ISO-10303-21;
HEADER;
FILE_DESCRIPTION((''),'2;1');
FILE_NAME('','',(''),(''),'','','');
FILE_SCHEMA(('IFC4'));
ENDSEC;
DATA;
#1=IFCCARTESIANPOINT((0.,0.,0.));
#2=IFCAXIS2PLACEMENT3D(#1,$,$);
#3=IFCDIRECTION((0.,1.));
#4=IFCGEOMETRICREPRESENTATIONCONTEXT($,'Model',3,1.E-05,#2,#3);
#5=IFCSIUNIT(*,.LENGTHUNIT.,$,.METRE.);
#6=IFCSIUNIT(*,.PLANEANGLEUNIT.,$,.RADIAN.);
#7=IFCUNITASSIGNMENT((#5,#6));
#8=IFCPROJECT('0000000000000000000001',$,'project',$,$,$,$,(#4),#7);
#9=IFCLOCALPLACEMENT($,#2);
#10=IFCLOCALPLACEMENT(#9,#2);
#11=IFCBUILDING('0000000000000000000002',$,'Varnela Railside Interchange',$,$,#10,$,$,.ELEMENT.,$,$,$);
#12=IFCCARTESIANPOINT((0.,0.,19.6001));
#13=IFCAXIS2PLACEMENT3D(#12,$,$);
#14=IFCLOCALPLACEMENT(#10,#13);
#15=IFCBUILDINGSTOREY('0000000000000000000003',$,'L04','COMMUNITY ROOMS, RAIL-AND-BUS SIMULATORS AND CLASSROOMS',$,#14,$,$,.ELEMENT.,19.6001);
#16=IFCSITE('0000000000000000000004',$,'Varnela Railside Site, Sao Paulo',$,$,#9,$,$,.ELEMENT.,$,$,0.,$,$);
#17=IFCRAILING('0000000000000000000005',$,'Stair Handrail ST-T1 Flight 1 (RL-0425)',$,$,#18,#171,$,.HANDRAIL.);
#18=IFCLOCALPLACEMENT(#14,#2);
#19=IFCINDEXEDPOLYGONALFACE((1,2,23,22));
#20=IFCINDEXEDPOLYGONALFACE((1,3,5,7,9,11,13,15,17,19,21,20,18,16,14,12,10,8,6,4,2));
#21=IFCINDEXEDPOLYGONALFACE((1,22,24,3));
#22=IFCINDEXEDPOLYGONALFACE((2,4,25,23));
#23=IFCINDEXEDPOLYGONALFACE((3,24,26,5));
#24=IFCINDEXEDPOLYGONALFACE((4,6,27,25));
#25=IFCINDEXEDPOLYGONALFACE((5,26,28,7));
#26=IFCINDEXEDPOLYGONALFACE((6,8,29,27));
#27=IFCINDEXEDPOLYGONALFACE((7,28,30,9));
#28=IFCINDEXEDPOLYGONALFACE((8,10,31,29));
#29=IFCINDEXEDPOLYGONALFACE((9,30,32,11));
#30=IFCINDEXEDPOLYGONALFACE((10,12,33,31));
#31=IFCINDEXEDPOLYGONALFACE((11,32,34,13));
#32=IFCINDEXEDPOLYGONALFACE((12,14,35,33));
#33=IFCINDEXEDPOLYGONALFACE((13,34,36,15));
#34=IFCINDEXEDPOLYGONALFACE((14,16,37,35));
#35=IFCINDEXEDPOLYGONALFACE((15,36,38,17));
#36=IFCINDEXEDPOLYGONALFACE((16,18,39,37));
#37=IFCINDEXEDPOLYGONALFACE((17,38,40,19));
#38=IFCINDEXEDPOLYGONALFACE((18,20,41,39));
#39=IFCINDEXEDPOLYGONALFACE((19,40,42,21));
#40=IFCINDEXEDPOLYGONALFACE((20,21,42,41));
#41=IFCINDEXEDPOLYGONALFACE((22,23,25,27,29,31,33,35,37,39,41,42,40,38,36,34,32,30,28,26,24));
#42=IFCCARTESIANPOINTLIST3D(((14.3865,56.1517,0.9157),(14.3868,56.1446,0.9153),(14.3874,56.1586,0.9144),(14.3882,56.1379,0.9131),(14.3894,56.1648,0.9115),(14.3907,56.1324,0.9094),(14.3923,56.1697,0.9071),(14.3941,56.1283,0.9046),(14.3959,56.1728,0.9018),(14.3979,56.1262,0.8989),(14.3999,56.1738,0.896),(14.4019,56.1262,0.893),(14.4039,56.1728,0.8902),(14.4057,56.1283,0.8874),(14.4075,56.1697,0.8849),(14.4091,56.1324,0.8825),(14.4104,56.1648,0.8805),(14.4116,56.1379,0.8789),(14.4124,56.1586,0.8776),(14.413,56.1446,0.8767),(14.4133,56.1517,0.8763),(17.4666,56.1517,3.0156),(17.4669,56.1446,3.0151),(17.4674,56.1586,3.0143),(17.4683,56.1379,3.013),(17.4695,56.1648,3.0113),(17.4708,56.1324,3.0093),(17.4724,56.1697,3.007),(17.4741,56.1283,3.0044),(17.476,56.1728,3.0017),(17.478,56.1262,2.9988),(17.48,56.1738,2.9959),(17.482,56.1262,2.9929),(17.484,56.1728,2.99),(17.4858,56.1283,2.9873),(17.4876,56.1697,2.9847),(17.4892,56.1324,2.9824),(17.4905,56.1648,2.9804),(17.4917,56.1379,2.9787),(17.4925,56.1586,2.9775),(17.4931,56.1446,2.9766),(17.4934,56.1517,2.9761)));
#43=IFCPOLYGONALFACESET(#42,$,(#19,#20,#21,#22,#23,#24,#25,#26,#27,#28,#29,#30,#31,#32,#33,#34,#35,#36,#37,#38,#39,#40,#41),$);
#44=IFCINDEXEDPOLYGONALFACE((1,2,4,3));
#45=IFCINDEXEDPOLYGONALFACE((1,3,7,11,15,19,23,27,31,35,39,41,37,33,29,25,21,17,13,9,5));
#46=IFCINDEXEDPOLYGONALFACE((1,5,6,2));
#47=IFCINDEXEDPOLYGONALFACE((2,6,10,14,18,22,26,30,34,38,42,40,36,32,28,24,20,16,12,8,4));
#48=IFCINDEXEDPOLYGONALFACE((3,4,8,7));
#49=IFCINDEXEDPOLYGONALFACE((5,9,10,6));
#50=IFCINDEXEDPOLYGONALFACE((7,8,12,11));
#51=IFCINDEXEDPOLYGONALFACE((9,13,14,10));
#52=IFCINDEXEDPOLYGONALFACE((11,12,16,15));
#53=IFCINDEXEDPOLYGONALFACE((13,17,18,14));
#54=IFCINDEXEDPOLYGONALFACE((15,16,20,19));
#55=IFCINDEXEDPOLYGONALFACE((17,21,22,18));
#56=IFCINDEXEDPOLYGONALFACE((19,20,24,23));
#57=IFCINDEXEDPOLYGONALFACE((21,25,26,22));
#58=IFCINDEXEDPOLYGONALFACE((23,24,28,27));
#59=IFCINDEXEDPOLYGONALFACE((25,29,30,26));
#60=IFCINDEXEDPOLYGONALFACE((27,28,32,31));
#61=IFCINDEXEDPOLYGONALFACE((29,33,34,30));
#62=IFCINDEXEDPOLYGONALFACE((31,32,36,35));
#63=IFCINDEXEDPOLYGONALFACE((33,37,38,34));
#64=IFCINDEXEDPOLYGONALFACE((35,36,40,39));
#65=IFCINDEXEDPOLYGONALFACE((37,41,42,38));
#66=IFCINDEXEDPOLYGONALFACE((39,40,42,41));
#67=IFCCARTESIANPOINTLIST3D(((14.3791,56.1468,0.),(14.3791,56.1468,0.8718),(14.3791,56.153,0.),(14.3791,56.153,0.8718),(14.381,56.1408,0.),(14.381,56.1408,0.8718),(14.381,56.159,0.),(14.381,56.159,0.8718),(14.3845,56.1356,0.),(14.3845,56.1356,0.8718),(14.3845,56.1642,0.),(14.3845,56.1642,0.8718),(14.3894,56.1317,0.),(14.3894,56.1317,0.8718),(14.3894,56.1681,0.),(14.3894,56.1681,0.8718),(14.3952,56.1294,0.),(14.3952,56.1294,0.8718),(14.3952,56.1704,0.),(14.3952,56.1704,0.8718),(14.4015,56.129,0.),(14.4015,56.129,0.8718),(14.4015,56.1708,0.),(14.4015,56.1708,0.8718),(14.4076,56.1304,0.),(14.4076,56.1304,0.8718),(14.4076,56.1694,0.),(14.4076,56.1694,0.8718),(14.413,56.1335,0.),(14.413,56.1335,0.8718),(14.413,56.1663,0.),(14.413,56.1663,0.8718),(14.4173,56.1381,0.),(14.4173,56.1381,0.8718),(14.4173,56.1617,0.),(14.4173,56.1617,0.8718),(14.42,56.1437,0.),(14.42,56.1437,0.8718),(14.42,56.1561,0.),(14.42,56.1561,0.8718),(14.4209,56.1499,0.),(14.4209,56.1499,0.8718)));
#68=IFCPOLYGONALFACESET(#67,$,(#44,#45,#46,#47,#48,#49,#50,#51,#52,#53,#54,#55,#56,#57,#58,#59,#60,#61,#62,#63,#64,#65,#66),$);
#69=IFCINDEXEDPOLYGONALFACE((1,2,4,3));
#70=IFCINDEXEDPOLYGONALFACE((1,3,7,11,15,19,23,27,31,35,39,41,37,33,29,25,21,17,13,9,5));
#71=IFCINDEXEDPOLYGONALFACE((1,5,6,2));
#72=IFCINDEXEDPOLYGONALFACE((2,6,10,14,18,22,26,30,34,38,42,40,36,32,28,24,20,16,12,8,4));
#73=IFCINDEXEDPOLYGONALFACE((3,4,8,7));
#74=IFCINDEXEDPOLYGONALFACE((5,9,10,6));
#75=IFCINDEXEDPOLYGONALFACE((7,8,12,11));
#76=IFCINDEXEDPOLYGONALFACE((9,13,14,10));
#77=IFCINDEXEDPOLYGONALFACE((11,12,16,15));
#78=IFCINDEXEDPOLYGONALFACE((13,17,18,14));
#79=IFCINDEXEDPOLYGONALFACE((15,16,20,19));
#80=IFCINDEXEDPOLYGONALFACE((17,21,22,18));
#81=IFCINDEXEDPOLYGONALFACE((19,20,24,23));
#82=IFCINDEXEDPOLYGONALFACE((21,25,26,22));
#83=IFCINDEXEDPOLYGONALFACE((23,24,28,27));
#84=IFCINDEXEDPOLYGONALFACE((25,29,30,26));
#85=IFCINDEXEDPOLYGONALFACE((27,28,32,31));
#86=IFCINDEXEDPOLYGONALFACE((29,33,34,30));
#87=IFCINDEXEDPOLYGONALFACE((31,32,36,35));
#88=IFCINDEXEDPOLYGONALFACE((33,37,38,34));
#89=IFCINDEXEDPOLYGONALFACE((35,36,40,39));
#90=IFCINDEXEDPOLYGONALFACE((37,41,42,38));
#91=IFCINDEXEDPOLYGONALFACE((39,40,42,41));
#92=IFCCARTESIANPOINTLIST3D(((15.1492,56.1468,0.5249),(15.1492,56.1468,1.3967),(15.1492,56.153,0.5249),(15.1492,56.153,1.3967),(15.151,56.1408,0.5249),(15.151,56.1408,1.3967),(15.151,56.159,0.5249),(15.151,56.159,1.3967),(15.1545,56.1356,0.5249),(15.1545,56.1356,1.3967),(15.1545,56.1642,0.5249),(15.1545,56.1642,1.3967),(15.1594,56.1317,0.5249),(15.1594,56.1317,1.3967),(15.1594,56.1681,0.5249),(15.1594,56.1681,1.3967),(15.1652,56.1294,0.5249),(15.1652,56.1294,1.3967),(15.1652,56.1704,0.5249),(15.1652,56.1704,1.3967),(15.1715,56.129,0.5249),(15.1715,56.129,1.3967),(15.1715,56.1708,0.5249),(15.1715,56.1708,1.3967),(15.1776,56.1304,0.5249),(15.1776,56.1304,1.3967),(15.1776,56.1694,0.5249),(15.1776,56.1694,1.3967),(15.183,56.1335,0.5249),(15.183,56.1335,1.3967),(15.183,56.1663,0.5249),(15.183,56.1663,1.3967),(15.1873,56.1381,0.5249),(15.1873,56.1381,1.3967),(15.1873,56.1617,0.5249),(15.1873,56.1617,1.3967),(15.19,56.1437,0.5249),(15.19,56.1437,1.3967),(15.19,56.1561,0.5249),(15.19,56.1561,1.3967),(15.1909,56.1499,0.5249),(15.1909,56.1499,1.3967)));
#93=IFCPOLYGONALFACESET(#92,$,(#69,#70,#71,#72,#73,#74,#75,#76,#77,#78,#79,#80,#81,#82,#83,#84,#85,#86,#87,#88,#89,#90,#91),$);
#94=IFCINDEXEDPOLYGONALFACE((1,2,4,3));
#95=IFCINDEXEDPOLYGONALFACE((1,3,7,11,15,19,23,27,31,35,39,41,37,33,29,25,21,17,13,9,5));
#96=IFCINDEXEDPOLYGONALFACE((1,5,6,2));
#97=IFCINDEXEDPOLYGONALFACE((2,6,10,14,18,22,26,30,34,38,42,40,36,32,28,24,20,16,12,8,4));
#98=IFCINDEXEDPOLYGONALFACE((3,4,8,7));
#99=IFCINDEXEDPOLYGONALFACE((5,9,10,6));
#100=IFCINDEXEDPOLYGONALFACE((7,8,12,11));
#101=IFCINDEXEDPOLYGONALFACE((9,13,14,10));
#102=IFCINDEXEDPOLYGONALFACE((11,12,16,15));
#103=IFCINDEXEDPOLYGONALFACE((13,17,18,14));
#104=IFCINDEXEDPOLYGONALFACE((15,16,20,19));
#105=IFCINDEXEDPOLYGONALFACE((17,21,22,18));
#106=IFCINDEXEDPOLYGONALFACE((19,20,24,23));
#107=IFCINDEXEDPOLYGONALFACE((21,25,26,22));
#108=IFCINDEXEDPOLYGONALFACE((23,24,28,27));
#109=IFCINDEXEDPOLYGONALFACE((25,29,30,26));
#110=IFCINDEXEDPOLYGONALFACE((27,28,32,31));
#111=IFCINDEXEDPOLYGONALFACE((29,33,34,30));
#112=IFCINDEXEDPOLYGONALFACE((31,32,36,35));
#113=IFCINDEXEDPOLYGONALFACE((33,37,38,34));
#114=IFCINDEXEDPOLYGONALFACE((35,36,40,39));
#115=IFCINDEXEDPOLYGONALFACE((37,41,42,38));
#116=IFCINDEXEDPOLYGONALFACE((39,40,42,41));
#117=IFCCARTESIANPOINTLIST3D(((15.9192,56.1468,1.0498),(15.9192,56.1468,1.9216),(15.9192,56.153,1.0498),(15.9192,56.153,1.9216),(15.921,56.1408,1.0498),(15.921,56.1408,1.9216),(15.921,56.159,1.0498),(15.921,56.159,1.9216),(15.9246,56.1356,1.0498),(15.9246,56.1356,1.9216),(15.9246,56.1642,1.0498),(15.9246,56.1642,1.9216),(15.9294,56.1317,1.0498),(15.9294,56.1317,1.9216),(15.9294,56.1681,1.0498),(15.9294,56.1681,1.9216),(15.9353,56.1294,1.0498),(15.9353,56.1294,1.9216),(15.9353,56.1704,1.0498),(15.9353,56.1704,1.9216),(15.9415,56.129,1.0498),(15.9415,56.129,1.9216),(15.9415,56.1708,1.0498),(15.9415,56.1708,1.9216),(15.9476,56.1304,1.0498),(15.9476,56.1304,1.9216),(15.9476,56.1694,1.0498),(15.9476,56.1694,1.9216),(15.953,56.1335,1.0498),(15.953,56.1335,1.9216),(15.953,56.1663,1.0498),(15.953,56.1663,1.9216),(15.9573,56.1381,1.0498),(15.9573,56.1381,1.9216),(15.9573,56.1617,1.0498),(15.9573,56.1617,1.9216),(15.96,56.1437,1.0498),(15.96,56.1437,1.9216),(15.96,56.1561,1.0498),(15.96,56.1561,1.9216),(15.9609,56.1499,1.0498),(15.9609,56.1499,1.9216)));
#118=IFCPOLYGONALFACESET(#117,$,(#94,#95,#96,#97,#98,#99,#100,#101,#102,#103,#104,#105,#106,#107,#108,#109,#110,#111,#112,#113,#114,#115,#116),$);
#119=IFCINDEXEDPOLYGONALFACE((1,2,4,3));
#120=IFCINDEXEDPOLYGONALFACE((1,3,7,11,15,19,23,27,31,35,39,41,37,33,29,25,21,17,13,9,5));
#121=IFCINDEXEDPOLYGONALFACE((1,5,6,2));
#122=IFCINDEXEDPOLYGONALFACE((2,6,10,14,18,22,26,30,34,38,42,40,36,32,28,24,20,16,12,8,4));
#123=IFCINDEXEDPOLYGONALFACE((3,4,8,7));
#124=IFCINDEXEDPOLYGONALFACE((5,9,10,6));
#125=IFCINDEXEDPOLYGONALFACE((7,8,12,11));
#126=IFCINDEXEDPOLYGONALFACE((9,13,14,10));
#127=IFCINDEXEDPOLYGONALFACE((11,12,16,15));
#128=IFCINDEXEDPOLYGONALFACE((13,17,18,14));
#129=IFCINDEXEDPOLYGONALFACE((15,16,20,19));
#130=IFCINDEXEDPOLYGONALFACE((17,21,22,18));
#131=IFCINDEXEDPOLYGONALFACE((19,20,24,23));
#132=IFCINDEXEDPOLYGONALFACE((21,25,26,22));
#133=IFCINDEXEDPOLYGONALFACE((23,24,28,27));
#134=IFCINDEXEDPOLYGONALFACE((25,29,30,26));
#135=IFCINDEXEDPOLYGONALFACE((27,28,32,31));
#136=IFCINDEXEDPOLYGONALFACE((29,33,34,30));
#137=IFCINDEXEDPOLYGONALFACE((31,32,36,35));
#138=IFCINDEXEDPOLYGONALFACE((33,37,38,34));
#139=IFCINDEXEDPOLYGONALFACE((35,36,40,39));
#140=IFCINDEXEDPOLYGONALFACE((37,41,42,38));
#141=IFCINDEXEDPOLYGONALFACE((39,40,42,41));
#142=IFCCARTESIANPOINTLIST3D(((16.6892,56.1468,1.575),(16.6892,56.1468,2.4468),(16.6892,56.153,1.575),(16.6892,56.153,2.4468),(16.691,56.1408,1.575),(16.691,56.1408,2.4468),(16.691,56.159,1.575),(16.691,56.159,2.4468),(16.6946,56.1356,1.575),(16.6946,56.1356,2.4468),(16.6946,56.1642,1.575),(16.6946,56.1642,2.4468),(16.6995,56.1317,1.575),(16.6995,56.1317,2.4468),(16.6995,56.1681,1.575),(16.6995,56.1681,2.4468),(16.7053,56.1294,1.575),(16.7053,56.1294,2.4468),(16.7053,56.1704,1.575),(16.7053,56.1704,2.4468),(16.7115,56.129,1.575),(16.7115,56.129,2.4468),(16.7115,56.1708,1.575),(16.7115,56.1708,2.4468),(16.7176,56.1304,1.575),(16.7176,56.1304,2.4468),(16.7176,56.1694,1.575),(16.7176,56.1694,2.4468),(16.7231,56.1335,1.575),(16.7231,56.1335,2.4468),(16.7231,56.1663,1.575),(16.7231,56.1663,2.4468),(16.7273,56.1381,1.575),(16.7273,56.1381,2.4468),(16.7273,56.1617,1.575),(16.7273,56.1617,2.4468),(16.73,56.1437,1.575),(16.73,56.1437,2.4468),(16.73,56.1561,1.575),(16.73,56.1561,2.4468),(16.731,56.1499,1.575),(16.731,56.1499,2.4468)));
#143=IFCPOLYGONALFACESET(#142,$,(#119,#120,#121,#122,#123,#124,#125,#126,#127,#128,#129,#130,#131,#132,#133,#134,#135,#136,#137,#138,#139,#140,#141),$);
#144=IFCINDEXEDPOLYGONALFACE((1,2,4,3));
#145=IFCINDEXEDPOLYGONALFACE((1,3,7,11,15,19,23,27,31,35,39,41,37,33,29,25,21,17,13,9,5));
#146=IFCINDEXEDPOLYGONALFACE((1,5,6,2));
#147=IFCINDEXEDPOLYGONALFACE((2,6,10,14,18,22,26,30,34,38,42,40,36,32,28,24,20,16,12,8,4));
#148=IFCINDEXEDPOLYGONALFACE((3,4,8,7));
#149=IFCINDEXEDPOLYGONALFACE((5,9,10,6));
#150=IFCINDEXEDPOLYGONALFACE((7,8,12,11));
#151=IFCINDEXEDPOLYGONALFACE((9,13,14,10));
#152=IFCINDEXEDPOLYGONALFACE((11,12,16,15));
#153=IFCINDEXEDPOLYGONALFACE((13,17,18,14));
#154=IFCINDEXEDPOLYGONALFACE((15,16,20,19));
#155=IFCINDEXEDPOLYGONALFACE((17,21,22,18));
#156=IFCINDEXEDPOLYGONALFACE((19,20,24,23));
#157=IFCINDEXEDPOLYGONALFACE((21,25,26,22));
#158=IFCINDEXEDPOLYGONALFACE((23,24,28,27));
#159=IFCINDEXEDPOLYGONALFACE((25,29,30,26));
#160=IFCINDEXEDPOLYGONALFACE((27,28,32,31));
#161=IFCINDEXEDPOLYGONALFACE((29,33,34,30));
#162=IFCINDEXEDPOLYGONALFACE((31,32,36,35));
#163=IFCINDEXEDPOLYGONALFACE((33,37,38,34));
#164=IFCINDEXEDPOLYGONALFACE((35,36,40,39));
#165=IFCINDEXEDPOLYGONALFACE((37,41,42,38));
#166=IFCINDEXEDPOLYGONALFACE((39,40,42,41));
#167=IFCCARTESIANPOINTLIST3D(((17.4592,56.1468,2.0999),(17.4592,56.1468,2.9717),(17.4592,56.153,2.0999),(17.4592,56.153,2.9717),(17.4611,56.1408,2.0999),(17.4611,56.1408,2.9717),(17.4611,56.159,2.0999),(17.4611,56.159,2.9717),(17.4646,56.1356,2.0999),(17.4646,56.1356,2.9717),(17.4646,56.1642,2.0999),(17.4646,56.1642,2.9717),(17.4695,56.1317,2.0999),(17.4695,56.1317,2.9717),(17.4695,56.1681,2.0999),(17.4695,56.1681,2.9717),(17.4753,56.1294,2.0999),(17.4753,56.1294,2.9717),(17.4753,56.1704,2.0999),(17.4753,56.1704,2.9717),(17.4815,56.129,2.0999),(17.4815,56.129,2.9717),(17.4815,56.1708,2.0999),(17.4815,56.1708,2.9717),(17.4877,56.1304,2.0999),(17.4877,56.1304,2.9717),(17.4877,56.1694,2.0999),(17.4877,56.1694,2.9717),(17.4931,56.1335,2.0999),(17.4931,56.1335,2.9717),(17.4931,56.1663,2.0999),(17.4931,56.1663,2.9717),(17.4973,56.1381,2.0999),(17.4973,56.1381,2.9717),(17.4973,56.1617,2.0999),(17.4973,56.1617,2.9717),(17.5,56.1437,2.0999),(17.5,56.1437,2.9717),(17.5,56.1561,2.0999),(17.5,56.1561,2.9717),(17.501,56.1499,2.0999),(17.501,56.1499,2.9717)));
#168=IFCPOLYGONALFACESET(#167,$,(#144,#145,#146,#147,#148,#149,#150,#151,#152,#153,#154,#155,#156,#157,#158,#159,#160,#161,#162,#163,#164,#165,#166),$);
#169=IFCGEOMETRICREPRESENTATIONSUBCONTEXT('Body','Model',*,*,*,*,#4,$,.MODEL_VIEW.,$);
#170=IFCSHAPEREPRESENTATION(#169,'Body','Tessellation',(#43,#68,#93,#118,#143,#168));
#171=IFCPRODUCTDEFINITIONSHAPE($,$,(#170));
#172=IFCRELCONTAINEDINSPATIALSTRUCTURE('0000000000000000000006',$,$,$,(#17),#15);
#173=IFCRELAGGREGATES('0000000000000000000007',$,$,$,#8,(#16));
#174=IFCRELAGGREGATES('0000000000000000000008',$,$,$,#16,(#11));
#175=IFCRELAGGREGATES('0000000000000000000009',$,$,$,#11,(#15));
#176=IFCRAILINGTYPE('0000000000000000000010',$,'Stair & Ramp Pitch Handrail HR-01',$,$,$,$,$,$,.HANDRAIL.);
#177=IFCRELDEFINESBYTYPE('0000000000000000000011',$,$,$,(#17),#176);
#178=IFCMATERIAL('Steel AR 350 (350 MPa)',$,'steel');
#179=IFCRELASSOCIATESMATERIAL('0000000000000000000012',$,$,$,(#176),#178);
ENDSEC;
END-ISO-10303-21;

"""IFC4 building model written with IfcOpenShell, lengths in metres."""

from ifc_helpers import new_model, si_unit, direction, frame, origin, origin_2d, place, context, subcontext, project, spatial, circle, extrude, material, type_object, element, save


model = new_model("IFC4")

# Units and contexts
model_context = context("Model", 3, precision=1e-05, world=origin(), true_north=direction((0.0, 1.0)))
body_context = subcontext(model_context, "Body", "Model", "MODEL_VIEW")
ifc_project = project(units=[si_unit("LENGTHUNIT", "METRE"), si_unit("PLANEANGLEUNIT", "RADIAN")], contexts=[model_context])

# Site, building, storey
site_placement = place(None, origin())
site = spatial("IfcSite", under=ifc_project, at=site_placement, Name="Varnela Railside Site, Sao Paulo", CompositionType="ELEMENT", RefElevation=0.0)
building_placement = place(site_placement, origin())
building = spatial("IfcBuilding", under=site, at=building_placement, Name="Varnela Railside Interchange", CompositionType="ELEMENT")
storey_placement = place(building_placement, frame((0.0, 0.0, 19.6001)))
storey = spatial("IfcBuildingStorey", under=building, at=storey_placement, Name="L04", Description="COMMUNITY ROOMS, RAIL-AND-BUS SIMULATORS AND CLASSROOMS", CompositionType="ELEMENT", Elevation=19.6001)

# Shared definitions
ifc_material_1 = material(Name="Steel AR 350 (350 MPa)", Category="steel")

# Railing
railing_type_1 = type_object("IfcRailingType", Name="Stair & Ramp Pitch Handrail HR-01", PredefinedType="HANDRAIL", material=ifc_material_1)
railing_1_placement = place(storey_placement, frame((14.3999, 56.1499, 0.0)))
element("IfcRailing", 1, at=railing_1_placement, inside=storey, type_object=railing_type_1, Name="Stair Handrail ST-T1 Flight 1 (RL-0425)", PredefinedType="HANDRAIL", context=body_context, shape_type="SweptSolid", body=[
    extrude(circle(Radius=0.0239, at=origin_2d()), frame((0.0, 0.0, 0.896), z_axis=(0.826252, 0.0, 0.5633), x_axis=(0.0, 1.0, 0.0)), (0.0, 0.0, 1.0), 3.7278),
    extrude(circle(Radius=0.021, at=origin_2d()), origin(), (0.0, 0.0, 1.0), 0.8718),
    extrude(circle(Radius=0.021, at=origin_2d()), frame((0.77, 0.0, 0.5249)), (0.0, 0.0, 1.0), 0.8718),
    extrude(circle(Radius=0.021, at=origin_2d()), frame((1.54, 0.0, 1.0498)), (0.0, 0.0, 1.0), 0.8718),
    extrude(circle(Radius=0.021, at=origin_2d()), frame((2.3101, 0.0, 1.575)), (0.0, 0.0, 1.0), 0.8718),
    extrude(circle(Radius=0.021, at=origin_2d()), frame((3.0801, 0.0, 2.0999)), (0.0, 0.0, 1.0), 0.8718),
])

save(model, "model.ifc")
